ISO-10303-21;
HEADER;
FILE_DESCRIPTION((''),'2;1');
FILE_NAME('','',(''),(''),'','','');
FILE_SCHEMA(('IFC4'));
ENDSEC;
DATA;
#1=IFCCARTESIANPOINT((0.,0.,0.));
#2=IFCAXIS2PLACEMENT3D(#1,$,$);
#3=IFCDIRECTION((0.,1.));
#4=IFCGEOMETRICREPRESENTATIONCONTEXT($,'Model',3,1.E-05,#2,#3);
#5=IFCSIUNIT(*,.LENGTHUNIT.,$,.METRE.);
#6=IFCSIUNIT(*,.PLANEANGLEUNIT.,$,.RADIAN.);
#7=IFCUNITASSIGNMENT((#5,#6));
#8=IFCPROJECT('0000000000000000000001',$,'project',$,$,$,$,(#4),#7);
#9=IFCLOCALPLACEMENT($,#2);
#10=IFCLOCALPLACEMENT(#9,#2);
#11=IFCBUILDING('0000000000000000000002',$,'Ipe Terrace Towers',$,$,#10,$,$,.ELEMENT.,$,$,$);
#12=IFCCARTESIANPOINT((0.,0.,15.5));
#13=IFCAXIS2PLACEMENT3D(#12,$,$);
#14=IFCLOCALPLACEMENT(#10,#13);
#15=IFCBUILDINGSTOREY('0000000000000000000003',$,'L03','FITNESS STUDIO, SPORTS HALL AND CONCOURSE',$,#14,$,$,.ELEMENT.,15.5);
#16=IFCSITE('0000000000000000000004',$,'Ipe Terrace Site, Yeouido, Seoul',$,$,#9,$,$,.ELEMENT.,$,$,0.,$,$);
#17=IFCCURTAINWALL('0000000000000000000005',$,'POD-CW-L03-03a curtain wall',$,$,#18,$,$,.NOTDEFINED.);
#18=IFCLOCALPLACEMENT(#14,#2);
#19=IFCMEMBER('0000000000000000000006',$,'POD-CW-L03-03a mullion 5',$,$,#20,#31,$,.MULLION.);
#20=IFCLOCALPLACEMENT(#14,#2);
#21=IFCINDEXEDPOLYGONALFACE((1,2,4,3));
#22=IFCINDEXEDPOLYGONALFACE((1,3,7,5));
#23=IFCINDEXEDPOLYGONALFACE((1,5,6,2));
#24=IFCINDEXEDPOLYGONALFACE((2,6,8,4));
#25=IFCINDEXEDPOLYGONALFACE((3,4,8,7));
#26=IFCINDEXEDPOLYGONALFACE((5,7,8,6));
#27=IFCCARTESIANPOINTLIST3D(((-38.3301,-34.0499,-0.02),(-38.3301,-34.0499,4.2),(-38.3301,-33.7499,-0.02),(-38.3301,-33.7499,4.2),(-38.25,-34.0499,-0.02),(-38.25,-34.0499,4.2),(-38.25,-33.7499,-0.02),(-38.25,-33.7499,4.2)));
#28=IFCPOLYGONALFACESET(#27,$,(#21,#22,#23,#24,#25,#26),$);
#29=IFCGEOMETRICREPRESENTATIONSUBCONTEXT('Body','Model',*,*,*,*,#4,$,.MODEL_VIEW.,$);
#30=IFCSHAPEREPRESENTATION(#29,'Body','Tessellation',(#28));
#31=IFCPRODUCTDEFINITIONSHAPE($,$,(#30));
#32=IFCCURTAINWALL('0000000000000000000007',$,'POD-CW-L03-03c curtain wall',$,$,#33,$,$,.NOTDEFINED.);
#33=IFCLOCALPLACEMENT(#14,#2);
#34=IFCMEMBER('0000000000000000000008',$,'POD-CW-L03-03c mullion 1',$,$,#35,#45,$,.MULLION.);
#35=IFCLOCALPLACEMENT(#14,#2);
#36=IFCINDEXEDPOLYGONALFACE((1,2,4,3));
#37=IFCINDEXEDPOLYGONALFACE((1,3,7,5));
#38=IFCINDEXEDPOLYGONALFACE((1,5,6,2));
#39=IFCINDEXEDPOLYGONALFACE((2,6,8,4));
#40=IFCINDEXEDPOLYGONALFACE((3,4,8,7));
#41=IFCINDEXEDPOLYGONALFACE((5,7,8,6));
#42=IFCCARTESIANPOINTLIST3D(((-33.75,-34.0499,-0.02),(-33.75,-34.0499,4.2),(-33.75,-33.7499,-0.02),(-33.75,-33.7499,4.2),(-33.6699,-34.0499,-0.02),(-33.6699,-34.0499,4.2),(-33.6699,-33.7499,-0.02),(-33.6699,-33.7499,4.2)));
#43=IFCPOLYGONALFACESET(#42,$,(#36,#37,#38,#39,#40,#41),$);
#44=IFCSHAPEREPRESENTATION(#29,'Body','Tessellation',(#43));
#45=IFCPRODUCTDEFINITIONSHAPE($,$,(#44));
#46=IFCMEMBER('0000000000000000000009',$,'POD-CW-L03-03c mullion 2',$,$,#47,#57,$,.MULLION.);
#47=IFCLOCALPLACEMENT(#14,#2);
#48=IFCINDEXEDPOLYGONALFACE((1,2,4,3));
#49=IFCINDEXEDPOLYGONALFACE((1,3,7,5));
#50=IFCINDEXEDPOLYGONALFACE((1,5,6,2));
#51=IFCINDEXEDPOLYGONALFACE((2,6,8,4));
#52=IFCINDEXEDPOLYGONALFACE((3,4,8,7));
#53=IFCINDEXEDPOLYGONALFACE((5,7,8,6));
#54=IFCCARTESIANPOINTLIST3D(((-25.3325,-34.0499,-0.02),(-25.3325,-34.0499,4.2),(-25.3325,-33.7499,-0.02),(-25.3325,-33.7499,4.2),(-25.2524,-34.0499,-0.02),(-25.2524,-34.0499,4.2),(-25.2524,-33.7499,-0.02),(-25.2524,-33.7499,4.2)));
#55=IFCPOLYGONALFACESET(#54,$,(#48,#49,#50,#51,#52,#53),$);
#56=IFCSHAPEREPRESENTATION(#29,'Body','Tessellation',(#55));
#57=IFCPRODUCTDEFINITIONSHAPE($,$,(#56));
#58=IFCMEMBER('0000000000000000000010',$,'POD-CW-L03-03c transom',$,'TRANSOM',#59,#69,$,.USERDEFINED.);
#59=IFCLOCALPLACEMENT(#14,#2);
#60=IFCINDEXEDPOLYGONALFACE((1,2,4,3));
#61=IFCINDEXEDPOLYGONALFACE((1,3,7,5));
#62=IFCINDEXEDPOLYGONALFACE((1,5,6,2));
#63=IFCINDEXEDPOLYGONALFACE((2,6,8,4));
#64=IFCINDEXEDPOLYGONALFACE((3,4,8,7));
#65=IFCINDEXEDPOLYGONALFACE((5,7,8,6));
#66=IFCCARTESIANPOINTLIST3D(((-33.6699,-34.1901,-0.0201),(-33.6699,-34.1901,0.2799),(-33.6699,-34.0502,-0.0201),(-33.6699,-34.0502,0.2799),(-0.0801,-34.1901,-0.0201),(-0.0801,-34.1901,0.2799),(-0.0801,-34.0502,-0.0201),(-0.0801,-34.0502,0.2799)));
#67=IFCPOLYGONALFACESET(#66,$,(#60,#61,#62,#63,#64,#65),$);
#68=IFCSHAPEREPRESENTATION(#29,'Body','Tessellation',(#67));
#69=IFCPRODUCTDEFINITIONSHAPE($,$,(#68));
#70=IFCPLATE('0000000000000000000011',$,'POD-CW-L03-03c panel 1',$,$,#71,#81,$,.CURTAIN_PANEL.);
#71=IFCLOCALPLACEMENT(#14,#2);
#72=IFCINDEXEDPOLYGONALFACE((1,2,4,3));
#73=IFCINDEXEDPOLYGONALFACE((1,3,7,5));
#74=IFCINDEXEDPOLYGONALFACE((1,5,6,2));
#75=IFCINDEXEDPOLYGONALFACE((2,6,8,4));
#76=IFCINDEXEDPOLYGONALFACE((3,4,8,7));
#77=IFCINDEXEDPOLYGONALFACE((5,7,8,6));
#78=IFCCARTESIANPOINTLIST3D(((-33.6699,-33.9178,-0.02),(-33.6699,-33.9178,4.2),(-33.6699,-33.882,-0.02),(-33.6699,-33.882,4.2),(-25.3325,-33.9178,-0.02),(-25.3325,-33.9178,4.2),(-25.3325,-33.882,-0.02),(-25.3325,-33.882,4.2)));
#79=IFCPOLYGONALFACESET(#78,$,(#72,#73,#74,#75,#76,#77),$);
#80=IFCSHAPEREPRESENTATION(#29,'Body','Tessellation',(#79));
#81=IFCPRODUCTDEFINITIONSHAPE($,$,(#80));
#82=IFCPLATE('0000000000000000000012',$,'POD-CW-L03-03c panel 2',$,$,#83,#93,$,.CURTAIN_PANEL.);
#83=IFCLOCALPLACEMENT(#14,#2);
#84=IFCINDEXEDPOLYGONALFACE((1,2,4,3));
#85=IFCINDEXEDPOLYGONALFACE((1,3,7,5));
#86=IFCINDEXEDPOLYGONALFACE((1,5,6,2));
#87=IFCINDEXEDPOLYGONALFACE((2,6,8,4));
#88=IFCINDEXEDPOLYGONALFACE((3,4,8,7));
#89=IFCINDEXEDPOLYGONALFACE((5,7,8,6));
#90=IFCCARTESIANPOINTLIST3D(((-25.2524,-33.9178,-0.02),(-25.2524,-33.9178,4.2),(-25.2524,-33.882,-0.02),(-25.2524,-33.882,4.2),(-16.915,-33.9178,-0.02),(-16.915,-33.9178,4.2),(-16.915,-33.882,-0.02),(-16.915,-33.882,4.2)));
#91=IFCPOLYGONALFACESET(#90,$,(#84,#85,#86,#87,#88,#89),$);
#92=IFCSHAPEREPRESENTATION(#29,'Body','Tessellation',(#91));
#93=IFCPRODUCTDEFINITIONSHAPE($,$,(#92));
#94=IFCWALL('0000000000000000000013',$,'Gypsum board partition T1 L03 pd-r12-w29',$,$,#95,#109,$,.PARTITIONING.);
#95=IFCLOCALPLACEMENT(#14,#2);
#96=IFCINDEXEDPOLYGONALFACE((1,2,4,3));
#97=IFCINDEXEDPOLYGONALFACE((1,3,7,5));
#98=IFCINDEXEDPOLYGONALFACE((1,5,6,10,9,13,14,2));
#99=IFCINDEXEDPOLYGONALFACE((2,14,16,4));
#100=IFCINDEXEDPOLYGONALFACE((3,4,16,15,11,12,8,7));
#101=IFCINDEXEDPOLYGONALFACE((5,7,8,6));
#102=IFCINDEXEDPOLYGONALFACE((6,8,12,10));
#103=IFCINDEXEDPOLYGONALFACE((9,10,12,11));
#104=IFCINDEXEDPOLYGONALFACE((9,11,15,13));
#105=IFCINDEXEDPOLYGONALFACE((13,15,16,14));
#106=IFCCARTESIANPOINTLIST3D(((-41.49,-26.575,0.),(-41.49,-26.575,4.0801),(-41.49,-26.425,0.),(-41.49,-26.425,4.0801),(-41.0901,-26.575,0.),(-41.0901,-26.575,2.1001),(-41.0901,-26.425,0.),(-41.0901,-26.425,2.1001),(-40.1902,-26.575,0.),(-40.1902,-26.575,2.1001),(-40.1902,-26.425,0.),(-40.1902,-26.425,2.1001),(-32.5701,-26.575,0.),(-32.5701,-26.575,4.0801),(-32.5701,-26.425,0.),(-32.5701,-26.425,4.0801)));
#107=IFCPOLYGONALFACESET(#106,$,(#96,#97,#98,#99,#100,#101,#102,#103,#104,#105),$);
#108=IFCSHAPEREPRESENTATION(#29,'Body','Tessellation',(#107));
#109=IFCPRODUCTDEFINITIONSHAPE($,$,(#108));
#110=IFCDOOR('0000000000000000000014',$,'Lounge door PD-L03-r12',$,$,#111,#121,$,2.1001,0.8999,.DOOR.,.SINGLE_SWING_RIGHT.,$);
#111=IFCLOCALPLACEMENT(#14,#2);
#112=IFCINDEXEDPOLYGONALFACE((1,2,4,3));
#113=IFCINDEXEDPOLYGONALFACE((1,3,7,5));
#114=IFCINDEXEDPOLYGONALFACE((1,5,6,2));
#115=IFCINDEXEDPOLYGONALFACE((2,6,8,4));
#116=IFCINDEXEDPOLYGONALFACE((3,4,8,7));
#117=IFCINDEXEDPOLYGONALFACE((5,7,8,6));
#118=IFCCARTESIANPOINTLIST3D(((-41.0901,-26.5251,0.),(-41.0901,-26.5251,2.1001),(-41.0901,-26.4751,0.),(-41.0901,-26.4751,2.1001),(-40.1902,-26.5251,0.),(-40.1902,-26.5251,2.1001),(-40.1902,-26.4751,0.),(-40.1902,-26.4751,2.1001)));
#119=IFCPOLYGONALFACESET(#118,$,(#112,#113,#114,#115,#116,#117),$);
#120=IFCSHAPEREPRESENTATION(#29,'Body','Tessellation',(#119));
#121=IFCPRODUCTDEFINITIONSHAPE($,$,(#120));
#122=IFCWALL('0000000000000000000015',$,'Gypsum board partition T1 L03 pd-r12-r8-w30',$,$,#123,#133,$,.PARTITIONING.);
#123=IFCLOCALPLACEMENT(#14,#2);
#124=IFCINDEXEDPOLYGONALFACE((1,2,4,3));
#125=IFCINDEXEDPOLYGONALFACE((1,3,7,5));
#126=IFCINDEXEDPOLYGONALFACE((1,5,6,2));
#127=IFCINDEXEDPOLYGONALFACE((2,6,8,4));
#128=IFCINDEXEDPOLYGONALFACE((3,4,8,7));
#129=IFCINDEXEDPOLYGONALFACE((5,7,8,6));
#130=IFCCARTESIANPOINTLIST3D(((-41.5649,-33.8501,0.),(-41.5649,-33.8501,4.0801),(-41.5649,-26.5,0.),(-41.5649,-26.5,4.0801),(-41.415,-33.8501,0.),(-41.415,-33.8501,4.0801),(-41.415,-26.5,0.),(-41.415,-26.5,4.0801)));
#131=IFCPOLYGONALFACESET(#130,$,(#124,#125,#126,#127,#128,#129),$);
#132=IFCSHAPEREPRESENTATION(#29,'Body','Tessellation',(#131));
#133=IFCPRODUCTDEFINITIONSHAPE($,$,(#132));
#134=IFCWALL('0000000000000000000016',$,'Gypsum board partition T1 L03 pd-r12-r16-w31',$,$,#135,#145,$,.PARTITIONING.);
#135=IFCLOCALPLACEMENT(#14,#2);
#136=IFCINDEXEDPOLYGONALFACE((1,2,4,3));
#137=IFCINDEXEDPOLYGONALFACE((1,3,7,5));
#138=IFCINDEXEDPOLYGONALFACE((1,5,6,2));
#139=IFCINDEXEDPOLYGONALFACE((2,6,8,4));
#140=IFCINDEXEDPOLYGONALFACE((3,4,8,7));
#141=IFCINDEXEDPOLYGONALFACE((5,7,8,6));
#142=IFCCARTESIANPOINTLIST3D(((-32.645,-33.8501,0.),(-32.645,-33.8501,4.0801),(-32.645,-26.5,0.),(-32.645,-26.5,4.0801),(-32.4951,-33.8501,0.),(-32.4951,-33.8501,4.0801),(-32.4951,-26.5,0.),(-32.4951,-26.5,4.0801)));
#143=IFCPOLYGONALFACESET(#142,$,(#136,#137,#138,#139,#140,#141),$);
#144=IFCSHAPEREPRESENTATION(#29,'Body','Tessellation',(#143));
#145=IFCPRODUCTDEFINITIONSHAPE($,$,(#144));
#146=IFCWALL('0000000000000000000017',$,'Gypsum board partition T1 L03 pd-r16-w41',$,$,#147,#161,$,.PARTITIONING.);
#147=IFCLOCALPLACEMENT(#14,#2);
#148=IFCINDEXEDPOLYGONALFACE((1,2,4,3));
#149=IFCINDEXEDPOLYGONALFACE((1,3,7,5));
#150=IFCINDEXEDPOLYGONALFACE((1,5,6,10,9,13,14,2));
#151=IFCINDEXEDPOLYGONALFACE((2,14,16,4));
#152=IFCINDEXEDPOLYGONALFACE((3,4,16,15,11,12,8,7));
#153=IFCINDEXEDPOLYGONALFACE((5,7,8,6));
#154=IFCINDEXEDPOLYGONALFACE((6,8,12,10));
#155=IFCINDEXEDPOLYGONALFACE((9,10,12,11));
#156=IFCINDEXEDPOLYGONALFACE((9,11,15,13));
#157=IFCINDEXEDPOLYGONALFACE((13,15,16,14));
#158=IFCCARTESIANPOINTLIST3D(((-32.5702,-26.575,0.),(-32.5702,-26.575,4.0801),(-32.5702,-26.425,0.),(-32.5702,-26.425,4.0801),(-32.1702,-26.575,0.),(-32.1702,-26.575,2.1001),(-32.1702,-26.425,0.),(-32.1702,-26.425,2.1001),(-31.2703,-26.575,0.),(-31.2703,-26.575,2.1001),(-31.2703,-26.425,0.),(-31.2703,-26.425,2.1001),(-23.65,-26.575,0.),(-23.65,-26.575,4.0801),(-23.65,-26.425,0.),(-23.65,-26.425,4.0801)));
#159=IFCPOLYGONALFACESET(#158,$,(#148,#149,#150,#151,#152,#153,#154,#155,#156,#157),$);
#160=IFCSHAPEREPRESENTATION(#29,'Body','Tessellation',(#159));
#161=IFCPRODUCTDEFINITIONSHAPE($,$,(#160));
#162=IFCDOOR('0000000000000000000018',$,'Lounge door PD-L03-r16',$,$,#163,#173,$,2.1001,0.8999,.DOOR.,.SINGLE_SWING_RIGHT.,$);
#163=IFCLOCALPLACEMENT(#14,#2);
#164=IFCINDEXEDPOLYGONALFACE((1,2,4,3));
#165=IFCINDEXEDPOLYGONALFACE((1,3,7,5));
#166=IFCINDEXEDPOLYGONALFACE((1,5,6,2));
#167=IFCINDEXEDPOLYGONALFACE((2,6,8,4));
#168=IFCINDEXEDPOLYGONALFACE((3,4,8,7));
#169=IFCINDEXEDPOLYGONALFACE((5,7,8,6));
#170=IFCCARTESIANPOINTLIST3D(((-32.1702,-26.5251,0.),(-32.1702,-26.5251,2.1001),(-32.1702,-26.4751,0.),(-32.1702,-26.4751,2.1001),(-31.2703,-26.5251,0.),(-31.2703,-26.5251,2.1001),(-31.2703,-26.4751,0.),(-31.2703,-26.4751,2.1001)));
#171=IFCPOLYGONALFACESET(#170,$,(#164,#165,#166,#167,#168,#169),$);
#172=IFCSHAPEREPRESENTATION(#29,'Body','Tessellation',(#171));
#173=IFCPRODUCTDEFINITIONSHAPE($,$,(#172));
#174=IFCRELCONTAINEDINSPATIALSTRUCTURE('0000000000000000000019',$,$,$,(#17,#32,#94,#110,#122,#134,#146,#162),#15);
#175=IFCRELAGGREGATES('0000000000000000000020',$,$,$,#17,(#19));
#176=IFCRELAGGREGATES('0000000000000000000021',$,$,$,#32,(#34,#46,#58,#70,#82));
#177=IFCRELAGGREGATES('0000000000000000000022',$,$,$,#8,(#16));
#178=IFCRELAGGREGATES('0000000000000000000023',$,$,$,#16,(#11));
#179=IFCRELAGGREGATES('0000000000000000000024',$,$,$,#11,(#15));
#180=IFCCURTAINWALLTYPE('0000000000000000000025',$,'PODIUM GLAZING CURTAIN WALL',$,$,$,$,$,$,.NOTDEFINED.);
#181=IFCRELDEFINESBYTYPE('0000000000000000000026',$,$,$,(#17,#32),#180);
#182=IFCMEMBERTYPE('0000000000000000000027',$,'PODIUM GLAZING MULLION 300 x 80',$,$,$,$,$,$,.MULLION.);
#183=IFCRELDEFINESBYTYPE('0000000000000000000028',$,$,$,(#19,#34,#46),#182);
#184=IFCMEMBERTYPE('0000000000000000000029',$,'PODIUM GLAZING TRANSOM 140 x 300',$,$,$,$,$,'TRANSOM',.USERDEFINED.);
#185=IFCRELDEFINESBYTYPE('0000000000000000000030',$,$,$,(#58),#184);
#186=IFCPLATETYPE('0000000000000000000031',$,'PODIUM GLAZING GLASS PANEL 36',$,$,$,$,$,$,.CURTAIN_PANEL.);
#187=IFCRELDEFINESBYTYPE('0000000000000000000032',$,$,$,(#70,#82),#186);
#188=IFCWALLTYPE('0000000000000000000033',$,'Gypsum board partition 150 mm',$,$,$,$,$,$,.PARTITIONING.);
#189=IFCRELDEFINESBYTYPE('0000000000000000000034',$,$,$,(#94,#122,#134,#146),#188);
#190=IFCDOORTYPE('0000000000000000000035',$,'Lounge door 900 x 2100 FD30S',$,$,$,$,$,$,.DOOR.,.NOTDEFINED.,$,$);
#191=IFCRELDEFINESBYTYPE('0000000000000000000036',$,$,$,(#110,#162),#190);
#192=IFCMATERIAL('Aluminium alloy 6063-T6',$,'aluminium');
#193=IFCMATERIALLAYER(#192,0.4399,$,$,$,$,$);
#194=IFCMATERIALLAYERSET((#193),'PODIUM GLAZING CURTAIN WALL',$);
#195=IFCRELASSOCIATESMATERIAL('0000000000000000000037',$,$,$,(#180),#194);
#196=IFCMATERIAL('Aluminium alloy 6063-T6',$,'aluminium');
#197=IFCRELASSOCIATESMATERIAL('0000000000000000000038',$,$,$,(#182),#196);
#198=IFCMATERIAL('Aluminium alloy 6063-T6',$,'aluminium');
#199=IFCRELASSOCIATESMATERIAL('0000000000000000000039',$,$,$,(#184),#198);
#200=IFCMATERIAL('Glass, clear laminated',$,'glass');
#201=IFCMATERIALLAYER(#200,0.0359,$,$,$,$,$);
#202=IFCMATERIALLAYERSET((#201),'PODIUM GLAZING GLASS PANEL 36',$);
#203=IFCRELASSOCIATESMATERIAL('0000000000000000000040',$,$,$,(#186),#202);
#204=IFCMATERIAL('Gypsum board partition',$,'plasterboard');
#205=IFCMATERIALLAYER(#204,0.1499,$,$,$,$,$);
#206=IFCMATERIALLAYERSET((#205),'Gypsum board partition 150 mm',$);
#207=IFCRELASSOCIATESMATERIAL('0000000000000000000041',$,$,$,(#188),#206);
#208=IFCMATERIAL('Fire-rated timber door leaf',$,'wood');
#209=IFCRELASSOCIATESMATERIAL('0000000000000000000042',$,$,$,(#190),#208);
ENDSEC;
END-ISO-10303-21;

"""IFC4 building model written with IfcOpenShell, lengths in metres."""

from ifc_helpers import new_model, si_unit, direction, frame, frame_2d, origin, origin_2d, place, context, subcontext, project, spatial, rectangle, extrude, material, layer, layer_set, material_profile, profile_set, type_object, element, fill, aggregate, save


model = new_model("IFC4")

# Units and contexts
model_context = context("Model", 3, precision=1e-05, world=origin(), true_north=direction((0.0, 1.0)))
body_context = subcontext(model_context, "Body", "Model", "MODEL_VIEW")
ifc_project = project(units=[si_unit("LENGTHUNIT", "METRE"), si_unit("PLANEANGLEUNIT", "RADIAN")], contexts=[model_context])

# Site, building, storey
site_placement = place(None, origin())
site = spatial("IfcSite", under=ifc_project, at=site_placement, Name="Ipe Terrace Site, Yeouido, Seoul", CompositionType="ELEMENT", RefElevation=0.0)
building_placement = place(site_placement, origin())
building = spatial("IfcBuilding", under=site, at=building_placement, Name="Ipe Terrace Towers", CompositionType="ELEMENT")
storey_placement = place(building_placement, frame((0.0, 0.0, 15.5)))
storey = spatial("IfcBuildingStorey", under=building, at=storey_placement, Name="L03", Description="FITNESS STUDIO, SPORTS HALL AND CONCOURSE", CompositionType="ELEMENT", Elevation=15.5)

# Curtain wall, member
ifc_material_1 = material(Name="Aluminium alloy 6063-T6", Category="aluminium")
ifc_layer_1 = layer(ifc_material_1, 0.4399)
ifc_layer_set_1 = layer_set([ifc_layer_1], Name="PODIUM GLAZING CURTAIN WALL")
curtain_wall_type = type_object("IfcCurtainWallType", Name="PODIUM GLAZING CURTAIN WALL", PredefinedType="NOTDEFINED", material=ifc_layer_set_1)
curtain_wall_1_placement = place(storey_placement, origin())
curtain_wall_1 = element("IfcCurtainWall", 1, at=curtain_wall_1_placement, inside=storey, type_object=curtain_wall_type, Name="POD-CW-L03-03a curtain wall", PredefinedType="NOTDEFINED")
ifc_material_2 = material(Name="Aluminium alloy 6063-T6", Category="aluminium")
ifc_material_profile_1 = material_profile(ifc_material_2, rectangle(XDim=0.3, YDim=0.0801, at=origin_2d()), Name="PODIUM GLAZING MULLION 300 x 80")
ifc_profile_set_1 = profile_set([ifc_material_profile_1], Name="Aluminium alloy 6063-T6")
member_type_1 = type_object("IfcMemberType", Name="PODIUM GLAZING MULLION 300 x 80", PredefinedType="MULLION", material=ifc_profile_set_1)
member_1_placement = place(storey_placement, frame((-38.29, -33.8999, -0.02), z_axis=(0.0, 0.0, 1.0), x_axis=(0.0, -1.0, 0.0)))
member_1 = element("IfcMember", 2, at=member_1_placement, type_object=member_type_1, Name="POD-CW-L03-03a mullion 5", PredefinedType="MULLION", context=body_context, shape_type="SweptSolid", body=[
    extrude(rectangle(XDim=0.3, YDim=0.0801, at=origin_2d()), origin(), (0.0, 0.0, 1.0), 4.22),
])
aggregate(curtain_wall_1, [member_1])

# Curtain wall, members, plates
curtain_wall_2_placement = place(storey_placement, origin())
curtain_wall_2 = element("IfcCurtainWall", 3, at=curtain_wall_2_placement, inside=storey, type_object=curtain_wall_type, Name="POD-CW-L03-03c curtain wall", PredefinedType="NOTDEFINED")
member_2_placement = place(storey_placement, frame((-33.71, -33.8999, -0.02), z_axis=(0.0, 0.0, 1.0), x_axis=(0.0, -1.0, 0.0)))
member_2 = element("IfcMember", 4, at=member_2_placement, type_object=member_type_1, Name="POD-CW-L03-03c mullion 1", PredefinedType="MULLION", context=body_context, shape_type="SweptSolid", body=[
    extrude(rectangle(XDim=0.3, YDim=0.0801, at=origin_2d()), origin(), (0.0, 0.0, 1.0), 4.22),
])
member_3_placement = place(storey_placement, frame((-25.2925, -33.8999, -0.02), z_axis=(0.0, 0.0, 1.0), x_axis=(0.0, -1.0, 0.0)))
member_3 = element("IfcMember", 5, at=member_3_placement, type_object=member_type_1, Name="POD-CW-L03-03c mullion 2", PredefinedType="MULLION", context=body_context, shape_type="SweptSolid", body=[
    extrude(rectangle(XDim=0.3, YDim=0.0801, at=origin_2d()), origin(), (0.0, 0.0, 1.0), 4.22),
])
ifc_material_3 = material(Name="Aluminium alloy 6063-T6", Category="aluminium")
ifc_material_profile_2 = material_profile(ifc_material_3, rectangle(XDim=0.1399, YDim=0.3, at=origin_2d()), Name="PODIUM GLAZING TRANSOM 140 x 300")
ifc_profile_set_2 = profile_set([ifc_material_profile_2], Name="Aluminium alloy 6063-T6")
member_type_2 = type_object("IfcMemberType", Name="PODIUM GLAZING TRANSOM 140 x 300", ElementType="TRANSOM", PredefinedType="USERDEFINED", material=ifc_profile_set_2)
member_4_placement = place(storey_placement, frame((-33.6699, -34.1201, 0.1299), z_axis=(1.0, 0.0, 0.0), x_axis=(0.0, -1.0, 0.0)))
member_4 = element("IfcMember", 6, at=member_4_placement, type_object=member_type_2, Name="POD-CW-L03-03c transom", ObjectType="TRANSOM", PredefinedType="USERDEFINED", context=body_context, shape_type="SweptSolid", body=[
    extrude(rectangle(XDim=0.1399, YDim=0.3, at=origin_2d()), origin(), (0.0, 0.0, 1.0), 33.5898),
])
ifc_material_4 = material(Name="Glass, clear laminated", Category="glass")
ifc_layer_2 = layer(ifc_material_4, 0.0359)
ifc_layer_set_2 = layer_set([ifc_layer_2], Name="PODIUM GLAZING GLASS PANEL 36")
plate_type = type_object("IfcPlateType", Name="PODIUM GLAZING GLASS PANEL 36", PredefinedType="CURTAIN_PANEL", material=ifc_layer_set_2)
plate_1_placement = place(storey_placement, frame((-29.5012, -33.8999, -0.02), z_axis=(0.0, 0.0, 1.0), x_axis=(1.0, 0.0, 0.0)))
plate_1 = element("IfcPlate", 7, at=plate_1_placement, type_object=plate_type, Name="POD-CW-L03-03c panel 1", PredefinedType="CURTAIN_PANEL", context=body_context, shape_type="SweptSolid", body=[
    extrude(rectangle(XDim=8.3374, YDim=0.0359, at=origin_2d()), origin(), (0.0, 0.0, 1.0), 4.22),
])
plate_2_placement = place(storey_placement, frame((-21.0837, -33.8999, -0.02), z_axis=(0.0, 0.0, 1.0), x_axis=(1.0, 0.0, 0.0)))
plate_2 = element("IfcPlate", 8, at=plate_2_placement, type_object=plate_type, Name="POD-CW-L03-03c panel 2", PredefinedType="CURTAIN_PANEL", context=body_context, shape_type="SweptSolid", body=[
    extrude(rectangle(XDim=8.3374, YDim=0.0359, at=origin_2d()), origin(), (0.0, 0.0, 1.0), 4.22),
])
aggregate(curtain_wall_2, [member_2, member_3, member_4, plate_1, plate_2])

# Wall, opening, door
ifc_material_5 = material(Name="Gypsum board partition", Category="plasterboard")
ifc_layer_3 = layer(ifc_material_5, 0.1499)
ifc_layer_set_3 = layer_set([ifc_layer_3], Name="Gypsum board partition 150 mm")
wall_type_1 = type_object("IfcWallType", Name="Gypsum board partition 150 mm", PredefinedType="PARTITIONING", material=ifc_layer_set_3)
wall_1_placement = place(storey_placement, frame((-41.49, -26.5, 0.0), z_axis=(0.0, 0.0, 1.0), x_axis=(1.0, 0.0, 0.0)))
wall_1 = element("IfcWall", 9, at=wall_1_placement, inside=storey, type_object=wall_type_1, Name="Gypsum board partition T1 L03 pd-r12-w29", PredefinedType="PARTITIONING", context=body_context, shape_type="SweptSolid", body=[
    extrude(rectangle(XDim=8.9199, YDim=0.1499, at=frame_2d((4.46, 0.0))), origin(), (0.0, 0.0, 1.0), 4.0801),
])
opening_1_placement = place(wall_1_placement, frame((0.3999, 0.0, 0.0)))
opening_1 = element("IfcOpeningElement", 10, at=opening_1_placement, cuts=wall_1, PredefinedType="OPENING", context=body_context, shape_type="SweptSolid", body=[
    extrude(rectangle(XDim=0.8999, YDim=2.1001, at=frame_2d((0.45, 1.05))), frame((0.0, 0.085, 0.0), z_axis=(0.0, -1.0, 0.0), x_axis=(1.0, 0.0, 0.0)), (0.0, 0.0, 1.0), 0.1699),
])
ifc_material_6 = material(Name="Fire-rated timber door leaf", Category="wood")
door_type_1 = type_object("IfcDoorType", Name="Lounge door 900 x 2100 FD30S", OperationType="NOTDEFINED", PredefinedType="DOOR", material=ifc_material_6)
door_1_placement = place(opening_1_placement, origin())
door_1 = element("IfcDoor", 11, at=door_1_placement, inside=storey, type_object=door_type_1, Name="Lounge door PD-L03-r12", OperationType="SINGLE_SWING_RIGHT", OverallHeight=2.1001, OverallWidth=0.8999, PredefinedType="DOOR", context=body_context, shape_type="SweptSolid", body=[
    extrude(rectangle(XDim=0.8999, YDim=2.1001, at=frame_2d((0.45, 1.05))), frame((0.0, 0.0249, 0.0), z_axis=(0.0, -1.0, 0.0), x_axis=(1.0, 0.0, 0.0)), (0.0, 0.0, 1.0), 0.05),
])
fill(opening_1, door_1)

# Walls
for number, where, z_axis, x_axis, name in (
    (12, (-41.49, -33.8501, 0.0), (0.0, 0.0, 1.0), (0.0, 1.0, 0.0), "Gypsum board partition T1 L03 pd-r12-r8-w30"),
    (13, (-32.5701, -26.5, 0.0), (0.0, 0.0, 1.0), (0.0, -1.0, 0.0), "Gypsum board partition T1 L03 pd-r12-r16-w31"),
):
    element("IfcWall", number, at=place(storey_placement, frame(where, z_axis=z_axis, x_axis=x_axis)), inside=storey, type_object=wall_type_1, Name=name, PredefinedType="PARTITIONING", context=body_context, shape_type="SweptSolid", body=[
        extrude(rectangle(XDim=7.3501, YDim=0.1499, at=frame_2d((3.675, 0.0))), origin(), (0.0, 0.0, 1.0), 4.0801),
    ])

# Wall, opening, door
wall_2_placement = place(storey_placement, frame((-32.5701, -26.5, 0.0), z_axis=(0.0, 0.0, 1.0), x_axis=(1.0, 0.0, 0.0)))
wall_2 = element("IfcWall", 14, at=wall_2_placement, inside=storey, type_object=wall_type_1, Name="Gypsum board partition T1 L03 pd-r16-w41", PredefinedType="PARTITIONING", context=body_context, shape_type="SweptSolid", body=[
    extrude(rectangle(XDim=8.9202, YDim=0.1499, at=frame_2d((4.46, 0.0))), origin(), (0.0, 0.0, 1.0), 4.0801),
])
opening_2_placement = place(wall_2_placement, frame((0.3999, 0.0, 0.0)))
opening_2 = element("IfcOpeningElement", 15, at=opening_2_placement, cuts=wall_2, PredefinedType="OPENING", context=body_context, shape_type="SweptSolid", body=[
    extrude(rectangle(XDim=0.8999, YDim=2.1001, at=frame_2d((0.45, 1.05))), frame((0.0, 0.085, 0.0), z_axis=(0.0, -1.0, 0.0), x_axis=(1.0, 0.0, 0.0)), (0.0, 0.0, 1.0), 0.1699),
])
door_2_placement = place(opening_2_placement, origin())
door_2 = element("IfcDoor", 16, at=door_2_placement, inside=storey, type_object=door_type_1, Name="Lounge door PD-L03-r16", OperationType="SINGLE_SWING_RIGHT", OverallHeight=2.1001, OverallWidth=0.8999, PredefinedType="DOOR", context=body_context, shape_type="SweptSolid", body=[
    extrude(rectangle(XDim=0.8999, YDim=2.1001, at=frame_2d((0.45, 1.05))), frame((0.0, 0.0249, 0.0), z_axis=(0.0, -1.0, 0.0), x_axis=(1.0, 0.0, 0.0)), (0.0, 0.0, 1.0), 0.05),
])
fill(opening_2, door_2)

save(model, "model.ifc")
